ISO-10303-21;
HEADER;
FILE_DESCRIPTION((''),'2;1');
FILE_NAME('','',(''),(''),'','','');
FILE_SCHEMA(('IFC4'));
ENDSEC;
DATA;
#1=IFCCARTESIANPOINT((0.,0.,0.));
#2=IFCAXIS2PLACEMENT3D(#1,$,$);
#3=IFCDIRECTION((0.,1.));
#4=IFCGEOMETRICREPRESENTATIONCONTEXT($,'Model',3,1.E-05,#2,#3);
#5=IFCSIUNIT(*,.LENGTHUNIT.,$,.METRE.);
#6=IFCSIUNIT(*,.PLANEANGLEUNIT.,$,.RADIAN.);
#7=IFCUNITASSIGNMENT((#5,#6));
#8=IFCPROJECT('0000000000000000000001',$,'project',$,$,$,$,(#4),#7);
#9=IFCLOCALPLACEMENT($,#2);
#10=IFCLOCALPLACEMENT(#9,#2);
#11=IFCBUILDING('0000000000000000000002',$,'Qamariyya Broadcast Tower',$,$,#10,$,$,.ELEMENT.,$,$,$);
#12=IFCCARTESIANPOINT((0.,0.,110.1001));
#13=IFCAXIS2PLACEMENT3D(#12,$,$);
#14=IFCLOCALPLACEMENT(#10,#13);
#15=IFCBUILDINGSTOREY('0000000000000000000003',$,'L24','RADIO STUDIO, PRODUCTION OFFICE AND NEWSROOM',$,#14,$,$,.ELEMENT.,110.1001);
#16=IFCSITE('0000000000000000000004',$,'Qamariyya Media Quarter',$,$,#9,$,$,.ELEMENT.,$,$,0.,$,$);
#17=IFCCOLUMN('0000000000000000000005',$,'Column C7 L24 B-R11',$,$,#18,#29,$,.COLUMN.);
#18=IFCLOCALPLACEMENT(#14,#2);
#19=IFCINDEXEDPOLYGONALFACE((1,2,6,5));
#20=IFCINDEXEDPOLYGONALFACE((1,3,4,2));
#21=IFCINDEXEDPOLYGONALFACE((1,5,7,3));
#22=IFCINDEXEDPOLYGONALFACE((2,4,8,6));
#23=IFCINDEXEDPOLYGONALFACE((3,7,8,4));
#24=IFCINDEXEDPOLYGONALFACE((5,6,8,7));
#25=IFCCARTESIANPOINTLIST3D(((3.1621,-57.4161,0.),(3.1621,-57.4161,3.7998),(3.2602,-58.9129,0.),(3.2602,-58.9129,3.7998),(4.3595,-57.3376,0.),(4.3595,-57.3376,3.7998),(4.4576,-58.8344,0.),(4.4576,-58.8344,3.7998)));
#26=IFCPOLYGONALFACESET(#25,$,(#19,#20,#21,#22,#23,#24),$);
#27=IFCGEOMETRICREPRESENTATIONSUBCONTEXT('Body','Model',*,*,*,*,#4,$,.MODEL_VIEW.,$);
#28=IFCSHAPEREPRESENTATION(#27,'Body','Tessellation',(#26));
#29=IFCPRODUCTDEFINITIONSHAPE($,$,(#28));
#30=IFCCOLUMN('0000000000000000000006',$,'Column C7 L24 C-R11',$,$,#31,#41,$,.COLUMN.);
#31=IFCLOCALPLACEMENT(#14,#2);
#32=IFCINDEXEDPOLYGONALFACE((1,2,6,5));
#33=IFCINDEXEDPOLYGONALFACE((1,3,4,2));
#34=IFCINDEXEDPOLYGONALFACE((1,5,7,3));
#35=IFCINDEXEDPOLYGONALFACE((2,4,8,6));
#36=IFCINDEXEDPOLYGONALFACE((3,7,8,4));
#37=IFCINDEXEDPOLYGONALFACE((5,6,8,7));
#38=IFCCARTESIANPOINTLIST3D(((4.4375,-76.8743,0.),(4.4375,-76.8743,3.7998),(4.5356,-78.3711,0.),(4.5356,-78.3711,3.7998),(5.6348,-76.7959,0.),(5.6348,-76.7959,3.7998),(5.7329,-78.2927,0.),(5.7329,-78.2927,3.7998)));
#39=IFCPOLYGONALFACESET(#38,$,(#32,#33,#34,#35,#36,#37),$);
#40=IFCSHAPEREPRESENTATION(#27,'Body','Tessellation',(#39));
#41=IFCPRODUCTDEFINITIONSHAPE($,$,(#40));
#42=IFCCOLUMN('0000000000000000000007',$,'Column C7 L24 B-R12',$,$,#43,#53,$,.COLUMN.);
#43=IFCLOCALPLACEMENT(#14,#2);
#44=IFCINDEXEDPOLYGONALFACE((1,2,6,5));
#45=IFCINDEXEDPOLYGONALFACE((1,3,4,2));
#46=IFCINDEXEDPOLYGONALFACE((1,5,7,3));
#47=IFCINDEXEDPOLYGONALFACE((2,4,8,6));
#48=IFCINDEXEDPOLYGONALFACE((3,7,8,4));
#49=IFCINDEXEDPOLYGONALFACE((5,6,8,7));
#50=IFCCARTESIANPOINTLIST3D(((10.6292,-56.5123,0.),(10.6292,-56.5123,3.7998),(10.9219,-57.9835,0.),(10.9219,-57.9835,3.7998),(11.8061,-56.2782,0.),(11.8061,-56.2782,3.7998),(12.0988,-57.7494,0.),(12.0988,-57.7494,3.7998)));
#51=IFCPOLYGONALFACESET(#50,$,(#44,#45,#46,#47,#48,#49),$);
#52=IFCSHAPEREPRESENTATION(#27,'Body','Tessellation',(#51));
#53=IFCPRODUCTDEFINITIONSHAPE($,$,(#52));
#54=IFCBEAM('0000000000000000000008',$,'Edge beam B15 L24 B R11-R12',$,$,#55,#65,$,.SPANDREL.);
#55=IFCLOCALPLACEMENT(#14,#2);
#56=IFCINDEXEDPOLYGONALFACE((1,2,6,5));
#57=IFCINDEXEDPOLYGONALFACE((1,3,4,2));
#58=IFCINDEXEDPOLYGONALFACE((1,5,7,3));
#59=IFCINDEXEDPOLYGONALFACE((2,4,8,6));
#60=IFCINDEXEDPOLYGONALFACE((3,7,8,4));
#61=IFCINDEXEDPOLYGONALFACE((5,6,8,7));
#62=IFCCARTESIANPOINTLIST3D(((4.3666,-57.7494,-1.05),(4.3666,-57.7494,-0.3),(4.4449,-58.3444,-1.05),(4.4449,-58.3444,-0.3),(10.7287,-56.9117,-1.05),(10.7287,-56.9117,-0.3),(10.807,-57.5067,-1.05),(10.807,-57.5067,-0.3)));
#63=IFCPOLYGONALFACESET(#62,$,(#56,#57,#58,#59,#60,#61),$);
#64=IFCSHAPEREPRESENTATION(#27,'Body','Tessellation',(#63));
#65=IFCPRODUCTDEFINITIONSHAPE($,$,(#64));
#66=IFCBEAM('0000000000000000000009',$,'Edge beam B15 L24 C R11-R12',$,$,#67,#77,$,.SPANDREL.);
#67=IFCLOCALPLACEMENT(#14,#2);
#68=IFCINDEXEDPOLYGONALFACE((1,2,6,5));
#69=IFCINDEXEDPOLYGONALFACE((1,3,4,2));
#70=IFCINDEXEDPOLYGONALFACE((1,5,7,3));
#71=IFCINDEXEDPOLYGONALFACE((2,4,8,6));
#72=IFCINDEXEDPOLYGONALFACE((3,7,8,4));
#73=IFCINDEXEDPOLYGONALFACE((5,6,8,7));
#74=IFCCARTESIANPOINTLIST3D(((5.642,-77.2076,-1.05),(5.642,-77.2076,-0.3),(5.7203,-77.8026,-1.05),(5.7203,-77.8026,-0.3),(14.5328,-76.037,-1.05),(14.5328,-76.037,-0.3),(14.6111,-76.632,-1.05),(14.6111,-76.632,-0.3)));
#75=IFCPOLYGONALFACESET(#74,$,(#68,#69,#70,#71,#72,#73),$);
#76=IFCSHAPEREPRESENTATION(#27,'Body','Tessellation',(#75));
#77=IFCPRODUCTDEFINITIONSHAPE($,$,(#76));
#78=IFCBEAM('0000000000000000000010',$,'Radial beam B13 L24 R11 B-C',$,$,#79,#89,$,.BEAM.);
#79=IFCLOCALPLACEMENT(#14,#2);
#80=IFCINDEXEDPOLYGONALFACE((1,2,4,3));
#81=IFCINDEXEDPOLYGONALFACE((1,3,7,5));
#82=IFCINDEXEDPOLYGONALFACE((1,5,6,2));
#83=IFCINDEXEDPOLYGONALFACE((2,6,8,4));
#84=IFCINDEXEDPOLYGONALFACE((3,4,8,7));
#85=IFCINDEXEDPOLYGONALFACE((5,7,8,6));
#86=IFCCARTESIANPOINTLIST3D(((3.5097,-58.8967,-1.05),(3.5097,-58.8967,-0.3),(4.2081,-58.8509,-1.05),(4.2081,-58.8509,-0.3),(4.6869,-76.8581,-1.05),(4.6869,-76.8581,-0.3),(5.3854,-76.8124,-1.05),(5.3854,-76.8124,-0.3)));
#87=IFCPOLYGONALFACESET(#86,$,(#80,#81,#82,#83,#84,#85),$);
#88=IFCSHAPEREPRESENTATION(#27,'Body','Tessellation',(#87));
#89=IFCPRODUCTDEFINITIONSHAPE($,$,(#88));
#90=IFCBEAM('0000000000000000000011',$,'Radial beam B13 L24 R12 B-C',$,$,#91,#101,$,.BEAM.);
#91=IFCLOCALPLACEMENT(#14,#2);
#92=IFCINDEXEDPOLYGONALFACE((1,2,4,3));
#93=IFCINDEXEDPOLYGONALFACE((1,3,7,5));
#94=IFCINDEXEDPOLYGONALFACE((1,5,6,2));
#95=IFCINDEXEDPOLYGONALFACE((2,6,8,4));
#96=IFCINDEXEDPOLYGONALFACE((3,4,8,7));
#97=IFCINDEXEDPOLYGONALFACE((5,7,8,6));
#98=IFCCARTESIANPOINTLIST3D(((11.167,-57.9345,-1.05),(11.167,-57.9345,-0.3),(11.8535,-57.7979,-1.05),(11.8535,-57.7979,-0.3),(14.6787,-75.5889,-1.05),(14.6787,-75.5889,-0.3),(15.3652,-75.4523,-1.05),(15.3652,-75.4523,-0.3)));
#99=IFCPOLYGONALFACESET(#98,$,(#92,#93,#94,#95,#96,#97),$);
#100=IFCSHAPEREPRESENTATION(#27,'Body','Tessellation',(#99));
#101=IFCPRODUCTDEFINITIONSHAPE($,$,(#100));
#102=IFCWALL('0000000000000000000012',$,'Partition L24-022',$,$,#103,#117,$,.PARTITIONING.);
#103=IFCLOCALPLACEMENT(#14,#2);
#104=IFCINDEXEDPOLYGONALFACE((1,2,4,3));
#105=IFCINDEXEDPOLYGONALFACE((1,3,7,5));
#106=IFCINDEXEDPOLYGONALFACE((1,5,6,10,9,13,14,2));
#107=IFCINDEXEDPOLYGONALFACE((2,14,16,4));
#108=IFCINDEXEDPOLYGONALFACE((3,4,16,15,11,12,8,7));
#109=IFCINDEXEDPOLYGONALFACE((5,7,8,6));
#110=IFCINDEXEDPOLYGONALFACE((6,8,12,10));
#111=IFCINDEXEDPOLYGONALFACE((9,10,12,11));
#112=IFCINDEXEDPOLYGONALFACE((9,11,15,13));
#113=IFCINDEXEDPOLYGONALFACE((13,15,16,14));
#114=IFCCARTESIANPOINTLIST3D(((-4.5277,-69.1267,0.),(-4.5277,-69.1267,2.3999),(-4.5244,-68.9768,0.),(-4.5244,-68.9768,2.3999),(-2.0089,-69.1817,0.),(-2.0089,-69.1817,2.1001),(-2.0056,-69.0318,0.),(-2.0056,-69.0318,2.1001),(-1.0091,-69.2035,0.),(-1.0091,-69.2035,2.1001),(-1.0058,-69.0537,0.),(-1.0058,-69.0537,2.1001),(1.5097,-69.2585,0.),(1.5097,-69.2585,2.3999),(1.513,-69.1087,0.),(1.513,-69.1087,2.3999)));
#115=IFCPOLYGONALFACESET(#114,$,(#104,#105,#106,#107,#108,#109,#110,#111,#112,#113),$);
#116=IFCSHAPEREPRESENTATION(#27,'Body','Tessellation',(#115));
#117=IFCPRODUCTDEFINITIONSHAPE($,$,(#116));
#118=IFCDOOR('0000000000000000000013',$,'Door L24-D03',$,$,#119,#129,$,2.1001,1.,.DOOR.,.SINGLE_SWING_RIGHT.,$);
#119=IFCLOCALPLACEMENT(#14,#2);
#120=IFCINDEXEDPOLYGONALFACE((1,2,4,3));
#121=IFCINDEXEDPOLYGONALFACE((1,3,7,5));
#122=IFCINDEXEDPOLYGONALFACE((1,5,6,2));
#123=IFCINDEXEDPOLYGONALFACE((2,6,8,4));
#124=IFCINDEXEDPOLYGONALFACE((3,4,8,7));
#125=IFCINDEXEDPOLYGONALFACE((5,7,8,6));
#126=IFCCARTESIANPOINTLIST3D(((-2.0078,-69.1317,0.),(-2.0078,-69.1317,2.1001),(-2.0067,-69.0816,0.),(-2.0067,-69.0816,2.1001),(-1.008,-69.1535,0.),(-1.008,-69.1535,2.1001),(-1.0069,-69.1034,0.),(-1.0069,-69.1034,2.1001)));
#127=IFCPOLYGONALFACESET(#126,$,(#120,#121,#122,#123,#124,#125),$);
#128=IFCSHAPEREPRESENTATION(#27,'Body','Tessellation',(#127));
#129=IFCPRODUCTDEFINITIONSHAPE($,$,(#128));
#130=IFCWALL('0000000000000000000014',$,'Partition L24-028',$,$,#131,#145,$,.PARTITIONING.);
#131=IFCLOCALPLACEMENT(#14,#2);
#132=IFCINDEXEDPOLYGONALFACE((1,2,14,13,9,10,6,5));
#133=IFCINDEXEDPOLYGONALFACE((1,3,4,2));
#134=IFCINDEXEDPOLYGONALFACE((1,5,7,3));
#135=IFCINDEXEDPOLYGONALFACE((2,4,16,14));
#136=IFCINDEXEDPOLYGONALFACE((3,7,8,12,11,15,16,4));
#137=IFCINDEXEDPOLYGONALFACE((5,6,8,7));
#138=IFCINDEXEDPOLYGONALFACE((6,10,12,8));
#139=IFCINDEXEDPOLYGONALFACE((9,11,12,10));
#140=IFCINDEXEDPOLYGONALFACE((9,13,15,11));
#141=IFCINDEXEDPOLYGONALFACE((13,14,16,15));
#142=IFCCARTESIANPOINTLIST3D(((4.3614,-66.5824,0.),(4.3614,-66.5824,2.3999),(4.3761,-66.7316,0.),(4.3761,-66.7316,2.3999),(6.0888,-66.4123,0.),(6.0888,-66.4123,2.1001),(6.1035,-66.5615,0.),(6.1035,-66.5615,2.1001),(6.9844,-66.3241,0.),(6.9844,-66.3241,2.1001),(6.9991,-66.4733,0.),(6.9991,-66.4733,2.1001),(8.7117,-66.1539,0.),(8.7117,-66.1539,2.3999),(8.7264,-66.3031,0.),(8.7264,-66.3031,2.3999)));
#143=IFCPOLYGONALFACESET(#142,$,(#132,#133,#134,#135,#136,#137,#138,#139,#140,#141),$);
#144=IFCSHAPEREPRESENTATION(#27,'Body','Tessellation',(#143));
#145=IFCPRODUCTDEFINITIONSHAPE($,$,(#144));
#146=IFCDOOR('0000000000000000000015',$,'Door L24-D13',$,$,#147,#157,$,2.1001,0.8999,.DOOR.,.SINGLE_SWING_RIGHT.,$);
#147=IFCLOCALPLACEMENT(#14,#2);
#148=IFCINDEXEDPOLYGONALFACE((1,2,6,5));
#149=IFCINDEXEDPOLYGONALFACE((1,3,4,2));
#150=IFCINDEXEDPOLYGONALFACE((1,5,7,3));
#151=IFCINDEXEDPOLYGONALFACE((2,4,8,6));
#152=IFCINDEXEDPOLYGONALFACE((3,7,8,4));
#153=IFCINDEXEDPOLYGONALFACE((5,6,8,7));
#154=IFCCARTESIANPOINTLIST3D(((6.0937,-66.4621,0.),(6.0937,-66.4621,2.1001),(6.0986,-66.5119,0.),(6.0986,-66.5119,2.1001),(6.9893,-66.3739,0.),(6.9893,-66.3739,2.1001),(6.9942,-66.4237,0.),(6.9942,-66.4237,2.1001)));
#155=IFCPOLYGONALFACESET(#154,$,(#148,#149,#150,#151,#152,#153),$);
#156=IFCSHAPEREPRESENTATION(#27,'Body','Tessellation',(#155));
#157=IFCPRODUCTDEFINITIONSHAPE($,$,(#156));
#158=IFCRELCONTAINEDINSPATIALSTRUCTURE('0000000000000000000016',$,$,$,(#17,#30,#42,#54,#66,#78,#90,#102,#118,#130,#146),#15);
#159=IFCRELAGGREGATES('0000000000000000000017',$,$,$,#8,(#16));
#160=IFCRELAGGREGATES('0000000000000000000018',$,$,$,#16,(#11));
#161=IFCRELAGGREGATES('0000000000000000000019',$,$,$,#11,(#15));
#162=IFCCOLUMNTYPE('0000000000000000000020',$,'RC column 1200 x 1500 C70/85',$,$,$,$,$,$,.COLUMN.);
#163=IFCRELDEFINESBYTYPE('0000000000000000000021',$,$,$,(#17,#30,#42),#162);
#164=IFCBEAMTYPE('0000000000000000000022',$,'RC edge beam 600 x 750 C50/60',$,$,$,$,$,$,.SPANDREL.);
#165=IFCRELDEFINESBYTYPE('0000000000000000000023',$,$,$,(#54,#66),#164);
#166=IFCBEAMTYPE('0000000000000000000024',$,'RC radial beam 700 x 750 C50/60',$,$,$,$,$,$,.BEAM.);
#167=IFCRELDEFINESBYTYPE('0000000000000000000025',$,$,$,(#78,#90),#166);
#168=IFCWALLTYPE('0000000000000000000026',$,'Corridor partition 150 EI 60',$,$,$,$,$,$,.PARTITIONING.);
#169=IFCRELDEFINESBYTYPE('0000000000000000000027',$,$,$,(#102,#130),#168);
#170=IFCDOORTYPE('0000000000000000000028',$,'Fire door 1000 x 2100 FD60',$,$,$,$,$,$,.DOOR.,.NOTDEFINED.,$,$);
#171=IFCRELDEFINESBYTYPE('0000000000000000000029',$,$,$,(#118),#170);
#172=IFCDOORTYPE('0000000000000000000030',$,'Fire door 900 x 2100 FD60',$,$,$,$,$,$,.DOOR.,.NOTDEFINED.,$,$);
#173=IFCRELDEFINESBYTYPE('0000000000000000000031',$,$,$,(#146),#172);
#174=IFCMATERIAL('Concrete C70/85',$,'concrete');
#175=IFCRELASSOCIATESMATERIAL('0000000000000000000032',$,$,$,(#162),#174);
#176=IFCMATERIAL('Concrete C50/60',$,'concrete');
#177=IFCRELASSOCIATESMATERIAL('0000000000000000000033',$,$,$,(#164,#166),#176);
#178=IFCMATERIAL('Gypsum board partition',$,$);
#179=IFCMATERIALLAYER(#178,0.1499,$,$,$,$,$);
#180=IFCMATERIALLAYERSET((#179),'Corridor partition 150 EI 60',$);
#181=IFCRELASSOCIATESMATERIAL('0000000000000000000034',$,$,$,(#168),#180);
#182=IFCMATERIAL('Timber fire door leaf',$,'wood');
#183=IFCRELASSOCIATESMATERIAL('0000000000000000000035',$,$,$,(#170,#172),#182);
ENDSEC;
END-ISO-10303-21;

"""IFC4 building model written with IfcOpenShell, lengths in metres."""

from ifc_helpers import new_model, si_unit, direction, frame, frame_2d, origin, origin_2d, place, context, subcontext, project, spatial, rectangle, extrude, material, layer, layer_set, material_profile, profile_set, type_object, element, fill, save


model = new_model("IFC4")

# Units and contexts
model_context = context("Model", 3, precision=1e-05, world=origin(), true_north=direction((0.0, 1.0)))
body_context = subcontext(model_context, "Body", "Model", "MODEL_VIEW")
ifc_project = project(units=[si_unit("LENGTHUNIT", "METRE"), si_unit("PLANEANGLEUNIT", "RADIAN")], contexts=[model_context])

# Site, building, storey
site_placement = place(None, origin())
site = spatial("IfcSite", under=ifc_project, at=site_placement, Name="Qamariyya Media Quarter", CompositionType="ELEMENT", RefElevation=0.0)
building_placement = place(site_placement, origin())
building = spatial("IfcBuilding", under=site, at=building_placement, Name="Qamariyya Broadcast Tower", CompositionType="ELEMENT")
storey_placement = place(building_placement, frame((0.0, 0.0, 110.1001)))
storey = spatial("IfcBuildingStorey", under=building, at=storey_placement, Name="L24", Description="RADIO STUDIO, PRODUCTION OFFICE AND NEWSROOM", CompositionType="ELEMENT", Elevation=110.1001)

# Columns
ifc_material_1 = material(Name="Concrete C70/85", Category="concrete")
ifc_material_profile_1 = material_profile(ifc_material_1, rectangle(XDim=1.2, YDim=1.5, at=origin_2d()))
ifc_profile_set_1 = profile_set([ifc_material_profile_1], Name="Concrete C70/85")
column_type = type_object("IfcColumnType", Name="RC column 1200 x 1500 C70/85", PredefinedType="COLUMN", material=ifc_profile_set_1)
for number, where, z_axis, x_axis, name in (
    (1, (3.8098, -58.1252, 0.0), (0.0, 0.0, 1.0), (0.997859, 0.065403, 0.0), "Column C7 L24 B-R11"),
    (2, (5.0852, -77.5835, 0.0), (0.0, 0.0, 1.0), (0.997859, 0.065403, 0.0), "Column C7 L24 C-R11"),
    (3, (11.364, -57.1309, 0.0), (0.0, 0.0, 1.0), (0.980785, 0.19509, 0.0), "Column C7 L24 B-R12"),
):
    element("IfcColumn", number, at=place(storey_placement, frame(where, z_axis=z_axis, x_axis=x_axis)), inside=storey, type_object=column_type, Name=name, PredefinedType="COLUMN", context=body_context, shape_type="SweptSolid", body=[
        extrude(rectangle(XDim=1.2, YDim=1.5, at=origin_2d()), origin(), (0.0, 0.0, 1.0), 3.7998),
    ])

# Beams
ifc_material_2 = material(Name="Concrete C50/60", Category="concrete")
ifc_material_profile_2 = material_profile(ifc_material_2, rectangle(XDim=0.6001, YDim=0.75, at=origin_2d()))
ifc_profile_set_2 = profile_set([ifc_material_profile_2], Name="Concrete C50/60")
beam_type_1 = type_object("IfcBeamType", Name="RC edge beam 600 x 750 C50/60", PredefinedType="SPANDREL", material=ifc_profile_set_2)
beam_1_placement = place(storey_placement, frame((4.4058, -58.0469, -0.675), z_axis=(0.991444, 0.130536, 0.0), x_axis=(-0.130536, 0.991444, 0.0)))
element("IfcBeam", 4, at=beam_1_placement, inside=storey, type_object=beam_type_1, Name="Edge beam B15 L24 B R11-R12", PredefinedType="SPANDREL", context=body_context, shape_type="SweptSolid", body=[
    extrude(rectangle(XDim=0.6001, YDim=0.75, at=origin_2d()), origin(), (0.0, 0.0, 1.0), 6.417),
])
beam_2_placement = place(storey_placement, frame((5.6812, -77.5051, -0.675), z_axis=(0.991443, 0.130543, 0.0), x_axis=(-0.130543, 0.991443, 0.0)))
element("IfcBeam", 5, at=beam_2_placement, inside=storey, type_object=beam_type_1, Name="Edge beam B15 L24 C R11-R12", PredefinedType="SPANDREL", context=body_context, shape_type="SweptSolid", body=[
    extrude(rectangle(XDim=0.6001, YDim=0.75, at=origin_2d()), origin(), (0.0, 0.0, 1.0), 8.9675),
])
ifc_material_profile_3 = material_profile(ifc_material_2, rectangle(XDim=0.7, YDim=0.75, at=origin_2d()))
ifc_profile_set_3 = profile_set([ifc_material_profile_3], Name="Concrete C50/60")
beam_type_2 = type_object("IfcBeamType", Name="RC radial beam 700 x 750 C50/60", PredefinedType="BEAM", material=ifc_profile_set_3)
beam_3_placement = place(storey_placement, frame((3.8589, -58.8738, -0.675), z_axis=(0.065403, -0.997859, 0.0), x_axis=(0.997859, 0.065403, 0.0)))
element("IfcBeam", 6, at=beam_3_placement, inside=storey, type_object=beam_type_2, Name="Radial beam B13 L24 R11 B-C", PredefinedType="BEAM", context=body_context, shape_type="SweptSolid", body=[
    extrude(rectangle(XDim=0.7, YDim=0.75, at=origin_2d()), origin(), (0.0, 0.0, 1.0), 18.0),
])
beam_4_placement = place(storey_placement, frame((11.5103, -57.8662, -0.675), z_axis=(0.195094, -0.980785, 0.0), x_axis=(0.980785, 0.195094, 0.0)))
element("IfcBeam", 7, at=beam_4_placement, inside=storey, type_object=beam_type_2, Name="Radial beam B13 L24 R12 B-C", PredefinedType="BEAM", context=body_context, shape_type="SweptSolid", body=[
    extrude(rectangle(XDim=0.7, YDim=0.75, at=origin_2d()), origin(), (0.0, 0.0, 1.0), 18.0002),
])

# Walls, openings, doors
ifc_material_3 = material(Name="Gypsum board partition")
ifc_layer_1 = layer(ifc_material_3, 0.1499)
ifc_layer_set_1 = layer_set([ifc_layer_1], Name="Corridor partition 150 EI 60")
wall_type_1 = type_object("IfcWallType", Name="Corridor partition 150 EI 60", PredefinedType="PARTITIONING", material=ifc_layer_set_1)
wall_1_placement = place(storey_placement, frame((1.5115, -69.1836, 0.0), z_axis=(0.0, 0.0, 1.0), x_axis=(-0.999762, 0.021832, 0.0)))
wall_1 = element("IfcWall", 8, at=wall_1_placement, inside=storey, type_object=wall_type_1, Name="Partition L24-022", PredefinedType="PARTITIONING", context=body_context, shape_type="SweptSolid", body=[
    extrude(rectangle(XDim=6.0388, YDim=0.1499, at=frame_2d((3.0195, 0.0))), origin(), (0.0, 0.0, 1.0), 2.3999),
])
opening_1_placement = place(wall_1_placement, frame((2.5195, 0.0, 0.0)))
opening_1 = element("IfcOpeningElement", 9, at=opening_1_placement, cuts=wall_1, PredefinedType="OPENING", context=body_context, shape_type="SweptSolid", body=[
    extrude(rectangle(XDim=1.0, YDim=2.1001, at=frame_2d((0.5, 1.05))), frame((0.0, 0.085, 0.0), z_axis=(0.0, -1.0, 0.0), x_axis=(1.0, 0.0, 0.0)), (0.0, 0.0, 1.0), 0.1699),
])
ifc_material_4 = material(Name="Timber fire door leaf", Category="wood")
door_type_1 = type_object("IfcDoorType", Name="Fire door 1000 x 2100 FD60", OperationType="NOTDEFINED", PredefinedType="DOOR", material=ifc_material_4)
door_1_placement = place(opening_1_placement, origin())
door_1 = element("IfcDoor", 10, at=door_1_placement, inside=storey, type_object=door_type_1, Name="Door L24-D03", OperationType="SINGLE_SWING_RIGHT", OverallHeight=2.1001, OverallWidth=1.0, PredefinedType="DOOR", context=body_context, shape_type="SweptSolid", body=[
    extrude(rectangle(XDim=1.0, YDim=2.1001, at=frame_2d((0.5, 1.05))), frame((0.0, 0.0249, 0.0), z_axis=(0.0, -1.0, 0.0), x_axis=(1.0, 0.0, 0.0)), (0.0, 0.0, 1.0), 0.05),
])
fill(opening_1, door_1)
wall_2_placement = place(storey_placement, frame((4.3689, -66.657, 0.0), z_axis=(0.0, 0.0, 1.0), x_axis=(0.995185, 0.098016, 0.0)))
wall_2 = element("IfcWall", 11, at=wall_2_placement, inside=storey, type_object=wall_type_1, Name="Partition L24-028", PredefinedType="PARTITIONING", context=body_context, shape_type="SweptSolid", body=[
    extrude(rectangle(XDim=4.3713, YDim=0.1499, at=frame_2d((2.1855, 0.0))), origin(), (0.0, 0.0, 1.0), 2.3999),
])
opening_2_placement = place(wall_2_placement, frame((1.7356, 0.0, 0.0)))
opening_2 = element("IfcOpeningElement", 12, at=opening_2_placement, cuts=wall_2, PredefinedType="OPENING", context=body_context, shape_type="SweptSolid", body=[
    extrude(rectangle(XDim=0.8999, YDim=2.1001, at=frame_2d((0.45, 1.05))), frame((0.0, 0.085, 0.0), z_axis=(0.0, -1.0, 0.0), x_axis=(1.0, 0.0, 0.0)), (0.0, 0.0, 1.0), 0.1699),
])
door_type_2 = type_object("IfcDoorType", Name="Fire door 900 x 2100 FD60", OperationType="NOTDEFINED", PredefinedType="DOOR", material=ifc_material_4)
door_2_placement = place(opening_2_placement, origin())
door_2 = element("IfcDoor", 13, at=door_2_placement, inside=storey, type_object=door_type_2, Name="Door L24-D13", OperationType="SINGLE_SWING_RIGHT", OverallHeight=2.1001, OverallWidth=0.8999, PredefinedType="DOOR", context=body_context, shape_type="SweptSolid", body=[
    extrude(rectangle(XDim=0.8999, YDim=2.1001, at=frame_2d((0.45, 1.05))), frame((0.0, 0.0249, 0.0), z_axis=(0.0, -1.0, 0.0), x_axis=(1.0, 0.0, 0.0)), (0.0, 0.0, 1.0), 0.05),
])
fill(opening_2, door_2)

save(model, "model.ifc")
